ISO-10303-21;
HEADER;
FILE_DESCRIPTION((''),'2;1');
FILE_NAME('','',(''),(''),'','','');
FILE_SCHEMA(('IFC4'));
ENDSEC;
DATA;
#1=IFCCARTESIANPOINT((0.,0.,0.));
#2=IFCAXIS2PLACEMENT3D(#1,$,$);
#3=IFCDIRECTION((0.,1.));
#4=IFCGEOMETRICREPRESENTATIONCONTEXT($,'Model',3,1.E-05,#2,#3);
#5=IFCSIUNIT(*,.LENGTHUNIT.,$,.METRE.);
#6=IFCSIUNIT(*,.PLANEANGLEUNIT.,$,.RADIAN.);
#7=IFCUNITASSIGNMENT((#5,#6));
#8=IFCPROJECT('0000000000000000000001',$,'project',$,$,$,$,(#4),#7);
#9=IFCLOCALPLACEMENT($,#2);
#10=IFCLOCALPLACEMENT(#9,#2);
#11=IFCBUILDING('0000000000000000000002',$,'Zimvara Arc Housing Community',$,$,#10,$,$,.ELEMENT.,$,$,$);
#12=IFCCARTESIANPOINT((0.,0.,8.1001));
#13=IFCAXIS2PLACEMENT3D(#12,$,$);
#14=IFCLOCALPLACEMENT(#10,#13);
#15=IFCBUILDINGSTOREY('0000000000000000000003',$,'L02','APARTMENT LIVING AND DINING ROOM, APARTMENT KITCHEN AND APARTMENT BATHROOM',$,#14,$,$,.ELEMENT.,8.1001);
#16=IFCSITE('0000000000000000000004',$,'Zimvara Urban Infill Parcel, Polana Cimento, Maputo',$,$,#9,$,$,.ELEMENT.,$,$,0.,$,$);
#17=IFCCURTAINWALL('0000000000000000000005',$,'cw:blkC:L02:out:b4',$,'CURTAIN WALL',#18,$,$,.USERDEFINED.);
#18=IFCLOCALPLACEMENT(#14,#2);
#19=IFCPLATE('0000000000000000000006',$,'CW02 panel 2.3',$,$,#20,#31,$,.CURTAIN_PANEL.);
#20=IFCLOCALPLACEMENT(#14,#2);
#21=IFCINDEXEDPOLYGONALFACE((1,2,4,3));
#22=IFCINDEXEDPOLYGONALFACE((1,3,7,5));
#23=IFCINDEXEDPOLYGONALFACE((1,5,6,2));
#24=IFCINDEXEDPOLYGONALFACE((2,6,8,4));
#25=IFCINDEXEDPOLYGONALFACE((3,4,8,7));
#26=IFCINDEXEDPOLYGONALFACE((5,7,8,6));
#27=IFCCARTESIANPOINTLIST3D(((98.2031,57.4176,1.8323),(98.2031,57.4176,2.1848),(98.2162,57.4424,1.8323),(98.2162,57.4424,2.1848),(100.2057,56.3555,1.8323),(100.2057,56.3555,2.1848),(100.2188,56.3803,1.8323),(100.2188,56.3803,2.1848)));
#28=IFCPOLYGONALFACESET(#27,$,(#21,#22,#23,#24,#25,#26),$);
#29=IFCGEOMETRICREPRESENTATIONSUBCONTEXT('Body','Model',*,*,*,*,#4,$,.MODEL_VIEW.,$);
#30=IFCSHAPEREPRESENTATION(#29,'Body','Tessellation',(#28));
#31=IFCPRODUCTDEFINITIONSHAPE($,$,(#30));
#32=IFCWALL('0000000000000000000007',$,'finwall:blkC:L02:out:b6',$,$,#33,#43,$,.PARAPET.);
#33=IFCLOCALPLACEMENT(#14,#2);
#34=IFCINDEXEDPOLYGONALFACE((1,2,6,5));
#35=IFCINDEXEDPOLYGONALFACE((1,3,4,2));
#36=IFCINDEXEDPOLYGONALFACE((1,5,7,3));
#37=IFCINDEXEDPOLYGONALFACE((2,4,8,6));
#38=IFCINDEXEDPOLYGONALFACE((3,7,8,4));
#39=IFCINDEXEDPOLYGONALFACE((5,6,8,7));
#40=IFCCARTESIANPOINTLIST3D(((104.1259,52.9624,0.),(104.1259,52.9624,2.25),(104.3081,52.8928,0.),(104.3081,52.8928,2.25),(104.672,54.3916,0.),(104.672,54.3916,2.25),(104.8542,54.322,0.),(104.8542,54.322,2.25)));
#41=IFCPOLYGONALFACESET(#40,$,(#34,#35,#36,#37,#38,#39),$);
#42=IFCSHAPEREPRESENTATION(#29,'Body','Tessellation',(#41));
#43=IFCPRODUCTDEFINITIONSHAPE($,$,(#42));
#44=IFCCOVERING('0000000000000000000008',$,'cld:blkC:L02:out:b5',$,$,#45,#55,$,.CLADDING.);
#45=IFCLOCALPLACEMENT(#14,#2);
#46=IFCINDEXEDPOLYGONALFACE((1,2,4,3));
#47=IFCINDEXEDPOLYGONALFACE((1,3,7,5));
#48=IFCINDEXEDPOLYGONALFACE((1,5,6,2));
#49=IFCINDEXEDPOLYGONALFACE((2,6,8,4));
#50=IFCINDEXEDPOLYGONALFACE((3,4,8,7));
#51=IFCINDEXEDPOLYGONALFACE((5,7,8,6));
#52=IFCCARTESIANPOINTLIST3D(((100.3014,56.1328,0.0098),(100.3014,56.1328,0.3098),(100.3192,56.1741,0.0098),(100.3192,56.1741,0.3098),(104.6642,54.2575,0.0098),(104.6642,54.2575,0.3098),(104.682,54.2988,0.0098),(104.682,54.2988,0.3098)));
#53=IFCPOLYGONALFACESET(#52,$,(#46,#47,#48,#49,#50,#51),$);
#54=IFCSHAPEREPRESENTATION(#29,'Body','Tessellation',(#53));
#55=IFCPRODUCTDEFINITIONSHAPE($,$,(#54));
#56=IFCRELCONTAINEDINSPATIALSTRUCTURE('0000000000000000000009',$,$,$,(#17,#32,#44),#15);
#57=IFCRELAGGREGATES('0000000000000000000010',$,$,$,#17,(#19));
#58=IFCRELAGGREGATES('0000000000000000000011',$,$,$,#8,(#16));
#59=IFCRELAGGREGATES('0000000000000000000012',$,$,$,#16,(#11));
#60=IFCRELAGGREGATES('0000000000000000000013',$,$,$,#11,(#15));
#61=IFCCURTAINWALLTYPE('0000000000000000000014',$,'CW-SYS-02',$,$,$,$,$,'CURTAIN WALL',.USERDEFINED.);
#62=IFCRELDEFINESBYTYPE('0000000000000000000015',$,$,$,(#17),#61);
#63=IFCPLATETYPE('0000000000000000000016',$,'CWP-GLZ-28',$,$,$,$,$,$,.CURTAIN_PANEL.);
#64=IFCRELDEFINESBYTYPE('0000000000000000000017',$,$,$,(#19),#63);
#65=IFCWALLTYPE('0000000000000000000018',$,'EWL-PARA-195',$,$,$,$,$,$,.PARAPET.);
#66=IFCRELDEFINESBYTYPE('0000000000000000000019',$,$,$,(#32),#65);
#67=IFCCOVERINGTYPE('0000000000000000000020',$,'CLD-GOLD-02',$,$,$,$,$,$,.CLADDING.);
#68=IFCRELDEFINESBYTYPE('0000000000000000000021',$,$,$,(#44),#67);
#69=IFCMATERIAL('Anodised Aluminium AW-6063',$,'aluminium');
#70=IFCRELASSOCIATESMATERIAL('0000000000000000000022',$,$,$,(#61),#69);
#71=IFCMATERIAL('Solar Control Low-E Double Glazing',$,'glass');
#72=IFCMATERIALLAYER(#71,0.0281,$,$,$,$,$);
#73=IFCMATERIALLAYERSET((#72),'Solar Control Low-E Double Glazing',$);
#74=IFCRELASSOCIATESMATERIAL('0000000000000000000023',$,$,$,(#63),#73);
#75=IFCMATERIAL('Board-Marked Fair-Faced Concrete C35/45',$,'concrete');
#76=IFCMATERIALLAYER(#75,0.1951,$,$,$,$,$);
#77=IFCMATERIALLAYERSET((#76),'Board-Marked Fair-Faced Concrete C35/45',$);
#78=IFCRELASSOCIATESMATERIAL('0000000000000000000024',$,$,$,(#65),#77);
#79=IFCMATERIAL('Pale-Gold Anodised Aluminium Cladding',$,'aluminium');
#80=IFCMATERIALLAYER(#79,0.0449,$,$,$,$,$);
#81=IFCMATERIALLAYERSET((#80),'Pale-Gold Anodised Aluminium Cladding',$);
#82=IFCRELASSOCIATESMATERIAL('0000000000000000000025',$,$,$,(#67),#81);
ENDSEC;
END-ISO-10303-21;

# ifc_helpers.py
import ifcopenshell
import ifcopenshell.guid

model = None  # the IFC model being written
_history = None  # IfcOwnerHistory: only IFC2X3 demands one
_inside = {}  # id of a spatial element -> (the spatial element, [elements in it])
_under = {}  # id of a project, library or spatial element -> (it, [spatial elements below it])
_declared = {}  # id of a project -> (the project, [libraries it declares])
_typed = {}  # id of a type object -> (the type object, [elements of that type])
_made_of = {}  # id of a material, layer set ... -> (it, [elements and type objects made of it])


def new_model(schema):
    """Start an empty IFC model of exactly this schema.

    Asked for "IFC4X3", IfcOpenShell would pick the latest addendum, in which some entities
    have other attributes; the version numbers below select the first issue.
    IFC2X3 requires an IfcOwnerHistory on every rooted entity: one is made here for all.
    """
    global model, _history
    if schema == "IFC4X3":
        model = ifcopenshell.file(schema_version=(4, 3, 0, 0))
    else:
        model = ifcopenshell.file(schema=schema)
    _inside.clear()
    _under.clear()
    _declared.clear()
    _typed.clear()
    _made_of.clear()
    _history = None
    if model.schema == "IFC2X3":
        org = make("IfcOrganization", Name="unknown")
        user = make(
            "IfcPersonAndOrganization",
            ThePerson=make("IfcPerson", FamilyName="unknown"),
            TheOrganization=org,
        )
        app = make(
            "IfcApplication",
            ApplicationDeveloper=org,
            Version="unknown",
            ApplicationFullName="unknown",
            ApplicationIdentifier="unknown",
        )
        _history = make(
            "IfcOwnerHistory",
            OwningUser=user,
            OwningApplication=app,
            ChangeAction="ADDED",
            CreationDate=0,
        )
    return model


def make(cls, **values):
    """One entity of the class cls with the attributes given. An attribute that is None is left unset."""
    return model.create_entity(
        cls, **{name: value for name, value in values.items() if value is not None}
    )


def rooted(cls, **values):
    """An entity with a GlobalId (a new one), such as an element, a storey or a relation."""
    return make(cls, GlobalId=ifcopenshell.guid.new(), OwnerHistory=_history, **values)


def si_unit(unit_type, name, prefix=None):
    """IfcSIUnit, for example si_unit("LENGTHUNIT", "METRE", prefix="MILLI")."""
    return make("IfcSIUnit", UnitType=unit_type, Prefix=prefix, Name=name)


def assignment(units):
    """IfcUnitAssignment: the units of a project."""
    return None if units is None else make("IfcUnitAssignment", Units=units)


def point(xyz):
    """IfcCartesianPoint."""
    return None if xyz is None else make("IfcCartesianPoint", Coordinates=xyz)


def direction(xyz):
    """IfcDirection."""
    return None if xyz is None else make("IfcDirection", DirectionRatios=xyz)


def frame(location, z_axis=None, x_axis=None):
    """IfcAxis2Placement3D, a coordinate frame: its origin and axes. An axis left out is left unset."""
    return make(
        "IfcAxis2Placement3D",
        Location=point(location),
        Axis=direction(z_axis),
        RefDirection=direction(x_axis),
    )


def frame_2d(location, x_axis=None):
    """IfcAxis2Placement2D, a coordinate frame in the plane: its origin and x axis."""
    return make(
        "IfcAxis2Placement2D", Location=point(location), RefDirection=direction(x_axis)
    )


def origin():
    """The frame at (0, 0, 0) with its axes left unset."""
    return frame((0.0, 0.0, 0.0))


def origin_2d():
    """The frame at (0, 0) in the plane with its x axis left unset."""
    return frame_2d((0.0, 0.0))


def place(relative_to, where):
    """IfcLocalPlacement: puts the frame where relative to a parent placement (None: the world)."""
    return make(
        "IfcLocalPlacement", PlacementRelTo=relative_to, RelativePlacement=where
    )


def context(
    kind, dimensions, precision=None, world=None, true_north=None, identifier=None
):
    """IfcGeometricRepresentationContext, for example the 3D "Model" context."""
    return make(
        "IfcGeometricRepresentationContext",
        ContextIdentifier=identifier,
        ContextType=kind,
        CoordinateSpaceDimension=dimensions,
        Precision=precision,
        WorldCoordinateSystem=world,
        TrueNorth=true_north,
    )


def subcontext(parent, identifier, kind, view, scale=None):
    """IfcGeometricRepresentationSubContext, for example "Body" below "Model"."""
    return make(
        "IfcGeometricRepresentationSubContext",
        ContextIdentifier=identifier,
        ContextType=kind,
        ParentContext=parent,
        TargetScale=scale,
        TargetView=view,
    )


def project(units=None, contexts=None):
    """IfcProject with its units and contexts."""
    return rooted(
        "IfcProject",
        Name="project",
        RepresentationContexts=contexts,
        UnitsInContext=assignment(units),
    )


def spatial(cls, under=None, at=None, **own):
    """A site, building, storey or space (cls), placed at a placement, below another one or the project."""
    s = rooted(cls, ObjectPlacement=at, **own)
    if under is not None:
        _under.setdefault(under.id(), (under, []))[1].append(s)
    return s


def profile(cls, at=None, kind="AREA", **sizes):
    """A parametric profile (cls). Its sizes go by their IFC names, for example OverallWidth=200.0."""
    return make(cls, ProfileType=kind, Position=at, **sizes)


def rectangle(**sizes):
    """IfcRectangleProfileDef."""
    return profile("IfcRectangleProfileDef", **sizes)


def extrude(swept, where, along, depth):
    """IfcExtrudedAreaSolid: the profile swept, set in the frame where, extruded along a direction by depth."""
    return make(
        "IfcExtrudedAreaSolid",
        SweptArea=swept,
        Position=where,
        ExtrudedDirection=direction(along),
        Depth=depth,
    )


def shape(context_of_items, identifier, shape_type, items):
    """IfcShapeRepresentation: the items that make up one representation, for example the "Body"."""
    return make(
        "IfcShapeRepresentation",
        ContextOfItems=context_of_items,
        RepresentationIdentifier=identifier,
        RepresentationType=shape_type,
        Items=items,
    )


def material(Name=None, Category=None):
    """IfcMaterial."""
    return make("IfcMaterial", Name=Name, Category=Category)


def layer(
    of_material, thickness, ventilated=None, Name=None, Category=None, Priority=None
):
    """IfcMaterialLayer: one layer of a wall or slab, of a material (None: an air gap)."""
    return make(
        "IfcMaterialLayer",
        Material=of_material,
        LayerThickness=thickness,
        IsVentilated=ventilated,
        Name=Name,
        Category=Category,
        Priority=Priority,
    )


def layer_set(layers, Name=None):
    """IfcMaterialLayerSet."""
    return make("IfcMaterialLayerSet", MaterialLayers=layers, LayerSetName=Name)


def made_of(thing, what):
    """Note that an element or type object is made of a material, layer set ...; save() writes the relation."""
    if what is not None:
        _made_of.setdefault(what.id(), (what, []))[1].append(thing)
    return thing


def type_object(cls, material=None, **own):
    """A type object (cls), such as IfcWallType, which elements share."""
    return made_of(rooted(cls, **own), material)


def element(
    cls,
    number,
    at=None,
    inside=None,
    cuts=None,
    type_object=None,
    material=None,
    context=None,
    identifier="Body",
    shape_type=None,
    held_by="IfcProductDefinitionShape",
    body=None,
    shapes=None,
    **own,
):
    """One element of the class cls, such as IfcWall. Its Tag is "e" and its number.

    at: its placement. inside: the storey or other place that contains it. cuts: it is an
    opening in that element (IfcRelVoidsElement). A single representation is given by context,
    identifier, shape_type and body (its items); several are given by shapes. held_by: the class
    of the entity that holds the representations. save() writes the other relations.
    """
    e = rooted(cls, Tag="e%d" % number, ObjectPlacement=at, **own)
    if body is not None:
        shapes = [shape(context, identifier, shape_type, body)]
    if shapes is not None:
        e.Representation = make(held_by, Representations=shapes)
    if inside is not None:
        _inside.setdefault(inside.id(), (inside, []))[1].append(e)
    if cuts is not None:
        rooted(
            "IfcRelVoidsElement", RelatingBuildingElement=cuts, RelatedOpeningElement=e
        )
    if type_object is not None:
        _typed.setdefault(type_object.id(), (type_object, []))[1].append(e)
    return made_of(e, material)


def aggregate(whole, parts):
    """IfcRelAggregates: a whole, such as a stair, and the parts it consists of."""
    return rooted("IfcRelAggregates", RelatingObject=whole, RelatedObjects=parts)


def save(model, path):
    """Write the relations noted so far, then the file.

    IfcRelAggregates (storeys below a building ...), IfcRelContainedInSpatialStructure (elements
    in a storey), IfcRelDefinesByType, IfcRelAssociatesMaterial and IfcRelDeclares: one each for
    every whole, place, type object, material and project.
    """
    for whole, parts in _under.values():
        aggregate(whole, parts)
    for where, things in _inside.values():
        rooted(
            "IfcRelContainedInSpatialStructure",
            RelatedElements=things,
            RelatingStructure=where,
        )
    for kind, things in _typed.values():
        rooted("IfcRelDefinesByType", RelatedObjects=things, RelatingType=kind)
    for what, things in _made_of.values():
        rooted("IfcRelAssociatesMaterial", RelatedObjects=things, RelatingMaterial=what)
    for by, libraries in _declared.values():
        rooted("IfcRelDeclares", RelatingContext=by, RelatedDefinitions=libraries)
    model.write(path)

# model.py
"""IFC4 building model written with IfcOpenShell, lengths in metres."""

from ifc_helpers import new_model, si_unit, direction, frame, frame_2d, origin, origin_2d, place, context, subcontext, project, spatial, rectangle, extrude, material, layer, layer_set, type_object, element, aggregate, save


model = new_model("IFC4")

# Units and contexts
model_context = context("Model", 3, precision=1e-05, world=origin(), true_north=direction((0.0, 1.0)))
body_context = subcontext(model_context, "Body", "Model", "MODEL_VIEW")
ifc_project = project(units=[si_unit("LENGTHUNIT", "METRE"), si_unit("PLANEANGLEUNIT", "RADIAN")], contexts=[model_context])

# Site, building, storey
site_placement = place(None, origin())
site = spatial("IfcSite", under=ifc_project, at=site_placement, Name="Zimvara Urban Infill Parcel, Polana Cimento, Maputo", CompositionType="ELEMENT", RefElevation=0.0)
building_placement = place(site_placement, origin())
building = spatial("IfcBuilding", under=site, at=building_placement, Name="Zimvara Arc Housing Community", CompositionType="ELEMENT")
storey_placement = place(building_placement, frame((0.0, 0.0, 8.1001)))
storey = spatial("IfcBuildingStorey", under=building, at=storey_placement, Name="L02", Description="APARTMENT LIVING AND DINING ROOM, APARTMENT KITCHEN AND APARTMENT BATHROOM", CompositionType="ELEMENT", Elevation=8.1001)

# Curtain wall
ifc_material_1 = material(Name="Anodised Aluminium AW-6063", Category="aluminium")
curtain_wall_type_1 = type_object("IfcCurtainWallType", Name="CW-SYS-02", ElementType="CURTAIN WALL", PredefinedType="USERDEFINED", material=ifc_material_1)
curtain_wall_1_placement = place(storey_placement, origin())
curtain_wall_1 = element("IfcCurtainWall", 1, at=curtain_wall_1_placement, inside=storey, type_object=curtain_wall_type_1, Name="cw:blkC:L02:out:b4", ObjectType="CURTAIN WALL", PredefinedType="USERDEFINED")

# Plate
ifc_material_2 = material(Name="Solar Control Low-E Double Glazing", Category="glass")
ifc_layer_1 = layer(ifc_material_2, 0.0281)
ifc_layer_set_1 = layer_set([ifc_layer_1], Name="Solar Control Low-E Double Glazing")
plate_type_1 = type_object("IfcPlateType", Name="CWP-GLZ-28", PredefinedType="CURTAIN_PANEL", material=ifc_layer_set_1)
plate_1_placement = place(storey_placement, frame((99.2109, 56.8989, 1.8323), z_axis=(0.0, 0.0, 1.0), x_axis=(0.883439, -0.468547, 0.0)))
plate_1 = element("IfcPlate", 2, at=plate_1_placement, type_object=plate_type_1, Name="CW02 panel 2.3", PredefinedType="CURTAIN_PANEL", context=body_context, shape_type="SweptSolid", body=[
    extrude(rectangle(XDim=2.2668, YDim=0.0281, at=origin_2d()), origin(), (0.0, 0.0, 1.0), 0.3525),
])
aggregate(curtain_wall_1, [plate_1])

# Wall
ifc_material_3 = material(Name="Board-Marked Fair-Faced Concrete C35/45", Category="concrete")
ifc_layer_2 = layer(ifc_material_3, 0.1951)
ifc_layer_set_2 = layer_set([ifc_layer_2], Name="Board-Marked Fair-Faced Concrete C35/45")
wall_type_1 = type_object("IfcWallType", Name="EWL-PARA-195", PredefinedType="PARAPET", material=ifc_layer_set_2)
wall_1_placement = place(storey_placement, frame((104.7632, 54.3569, 0.0), z_axis=(0.0, 0.0, 1.0), x_axis=(-0.356957, -0.934121, 0.0)))
element("IfcWall", 3, at=wall_1_placement, inside=storey, type_object=wall_type_1, Name="finwall:blkC:L02:out:b6", PredefinedType="PARAPET", context=body_context, shape_type="SweptSolid", body=[
    extrude(rectangle(XDim=1.53, YDim=0.1951, at=frame_2d((0.7651, 0.0))), origin(), (0.0, 0.0, 1.0), 2.25),
])

# Covering
ifc_material_4 = material(Name="Pale-Gold Anodised Aluminium Cladding", Category="aluminium")
ifc_layer_3 = layer(ifc_material_4, 0.0449)
ifc_layer_set_3 = layer_set([ifc_layer_3], Name="Pale-Gold Anodised Aluminium Cladding")
covering_type = type_object("IfcCoveringType", Name="CLD-GOLD-02", PredefinedType="CLADDING", material=ifc_layer_set_3)
covering_placement = place(storey_placement, frame((102.4917, 55.2158, 0.0098), z_axis=(0.0, 0.0, 1.0), x_axis=(0.918722, -0.394906, 0.0)))
element("IfcCovering", 4, at=covering_placement, inside=storey, type_object=covering_type, Name="cld:blkC:L02:out:b5", PredefinedType="CLADDING", context=body_context, shape_type="SweptSolid", body=[
    extrude(rectangle(XDim=4.7488, YDim=0.0449, at=origin_2d()), origin(), (0.0, 0.0, 1.0), 0.3),
])

save(model, "model.ifc")
